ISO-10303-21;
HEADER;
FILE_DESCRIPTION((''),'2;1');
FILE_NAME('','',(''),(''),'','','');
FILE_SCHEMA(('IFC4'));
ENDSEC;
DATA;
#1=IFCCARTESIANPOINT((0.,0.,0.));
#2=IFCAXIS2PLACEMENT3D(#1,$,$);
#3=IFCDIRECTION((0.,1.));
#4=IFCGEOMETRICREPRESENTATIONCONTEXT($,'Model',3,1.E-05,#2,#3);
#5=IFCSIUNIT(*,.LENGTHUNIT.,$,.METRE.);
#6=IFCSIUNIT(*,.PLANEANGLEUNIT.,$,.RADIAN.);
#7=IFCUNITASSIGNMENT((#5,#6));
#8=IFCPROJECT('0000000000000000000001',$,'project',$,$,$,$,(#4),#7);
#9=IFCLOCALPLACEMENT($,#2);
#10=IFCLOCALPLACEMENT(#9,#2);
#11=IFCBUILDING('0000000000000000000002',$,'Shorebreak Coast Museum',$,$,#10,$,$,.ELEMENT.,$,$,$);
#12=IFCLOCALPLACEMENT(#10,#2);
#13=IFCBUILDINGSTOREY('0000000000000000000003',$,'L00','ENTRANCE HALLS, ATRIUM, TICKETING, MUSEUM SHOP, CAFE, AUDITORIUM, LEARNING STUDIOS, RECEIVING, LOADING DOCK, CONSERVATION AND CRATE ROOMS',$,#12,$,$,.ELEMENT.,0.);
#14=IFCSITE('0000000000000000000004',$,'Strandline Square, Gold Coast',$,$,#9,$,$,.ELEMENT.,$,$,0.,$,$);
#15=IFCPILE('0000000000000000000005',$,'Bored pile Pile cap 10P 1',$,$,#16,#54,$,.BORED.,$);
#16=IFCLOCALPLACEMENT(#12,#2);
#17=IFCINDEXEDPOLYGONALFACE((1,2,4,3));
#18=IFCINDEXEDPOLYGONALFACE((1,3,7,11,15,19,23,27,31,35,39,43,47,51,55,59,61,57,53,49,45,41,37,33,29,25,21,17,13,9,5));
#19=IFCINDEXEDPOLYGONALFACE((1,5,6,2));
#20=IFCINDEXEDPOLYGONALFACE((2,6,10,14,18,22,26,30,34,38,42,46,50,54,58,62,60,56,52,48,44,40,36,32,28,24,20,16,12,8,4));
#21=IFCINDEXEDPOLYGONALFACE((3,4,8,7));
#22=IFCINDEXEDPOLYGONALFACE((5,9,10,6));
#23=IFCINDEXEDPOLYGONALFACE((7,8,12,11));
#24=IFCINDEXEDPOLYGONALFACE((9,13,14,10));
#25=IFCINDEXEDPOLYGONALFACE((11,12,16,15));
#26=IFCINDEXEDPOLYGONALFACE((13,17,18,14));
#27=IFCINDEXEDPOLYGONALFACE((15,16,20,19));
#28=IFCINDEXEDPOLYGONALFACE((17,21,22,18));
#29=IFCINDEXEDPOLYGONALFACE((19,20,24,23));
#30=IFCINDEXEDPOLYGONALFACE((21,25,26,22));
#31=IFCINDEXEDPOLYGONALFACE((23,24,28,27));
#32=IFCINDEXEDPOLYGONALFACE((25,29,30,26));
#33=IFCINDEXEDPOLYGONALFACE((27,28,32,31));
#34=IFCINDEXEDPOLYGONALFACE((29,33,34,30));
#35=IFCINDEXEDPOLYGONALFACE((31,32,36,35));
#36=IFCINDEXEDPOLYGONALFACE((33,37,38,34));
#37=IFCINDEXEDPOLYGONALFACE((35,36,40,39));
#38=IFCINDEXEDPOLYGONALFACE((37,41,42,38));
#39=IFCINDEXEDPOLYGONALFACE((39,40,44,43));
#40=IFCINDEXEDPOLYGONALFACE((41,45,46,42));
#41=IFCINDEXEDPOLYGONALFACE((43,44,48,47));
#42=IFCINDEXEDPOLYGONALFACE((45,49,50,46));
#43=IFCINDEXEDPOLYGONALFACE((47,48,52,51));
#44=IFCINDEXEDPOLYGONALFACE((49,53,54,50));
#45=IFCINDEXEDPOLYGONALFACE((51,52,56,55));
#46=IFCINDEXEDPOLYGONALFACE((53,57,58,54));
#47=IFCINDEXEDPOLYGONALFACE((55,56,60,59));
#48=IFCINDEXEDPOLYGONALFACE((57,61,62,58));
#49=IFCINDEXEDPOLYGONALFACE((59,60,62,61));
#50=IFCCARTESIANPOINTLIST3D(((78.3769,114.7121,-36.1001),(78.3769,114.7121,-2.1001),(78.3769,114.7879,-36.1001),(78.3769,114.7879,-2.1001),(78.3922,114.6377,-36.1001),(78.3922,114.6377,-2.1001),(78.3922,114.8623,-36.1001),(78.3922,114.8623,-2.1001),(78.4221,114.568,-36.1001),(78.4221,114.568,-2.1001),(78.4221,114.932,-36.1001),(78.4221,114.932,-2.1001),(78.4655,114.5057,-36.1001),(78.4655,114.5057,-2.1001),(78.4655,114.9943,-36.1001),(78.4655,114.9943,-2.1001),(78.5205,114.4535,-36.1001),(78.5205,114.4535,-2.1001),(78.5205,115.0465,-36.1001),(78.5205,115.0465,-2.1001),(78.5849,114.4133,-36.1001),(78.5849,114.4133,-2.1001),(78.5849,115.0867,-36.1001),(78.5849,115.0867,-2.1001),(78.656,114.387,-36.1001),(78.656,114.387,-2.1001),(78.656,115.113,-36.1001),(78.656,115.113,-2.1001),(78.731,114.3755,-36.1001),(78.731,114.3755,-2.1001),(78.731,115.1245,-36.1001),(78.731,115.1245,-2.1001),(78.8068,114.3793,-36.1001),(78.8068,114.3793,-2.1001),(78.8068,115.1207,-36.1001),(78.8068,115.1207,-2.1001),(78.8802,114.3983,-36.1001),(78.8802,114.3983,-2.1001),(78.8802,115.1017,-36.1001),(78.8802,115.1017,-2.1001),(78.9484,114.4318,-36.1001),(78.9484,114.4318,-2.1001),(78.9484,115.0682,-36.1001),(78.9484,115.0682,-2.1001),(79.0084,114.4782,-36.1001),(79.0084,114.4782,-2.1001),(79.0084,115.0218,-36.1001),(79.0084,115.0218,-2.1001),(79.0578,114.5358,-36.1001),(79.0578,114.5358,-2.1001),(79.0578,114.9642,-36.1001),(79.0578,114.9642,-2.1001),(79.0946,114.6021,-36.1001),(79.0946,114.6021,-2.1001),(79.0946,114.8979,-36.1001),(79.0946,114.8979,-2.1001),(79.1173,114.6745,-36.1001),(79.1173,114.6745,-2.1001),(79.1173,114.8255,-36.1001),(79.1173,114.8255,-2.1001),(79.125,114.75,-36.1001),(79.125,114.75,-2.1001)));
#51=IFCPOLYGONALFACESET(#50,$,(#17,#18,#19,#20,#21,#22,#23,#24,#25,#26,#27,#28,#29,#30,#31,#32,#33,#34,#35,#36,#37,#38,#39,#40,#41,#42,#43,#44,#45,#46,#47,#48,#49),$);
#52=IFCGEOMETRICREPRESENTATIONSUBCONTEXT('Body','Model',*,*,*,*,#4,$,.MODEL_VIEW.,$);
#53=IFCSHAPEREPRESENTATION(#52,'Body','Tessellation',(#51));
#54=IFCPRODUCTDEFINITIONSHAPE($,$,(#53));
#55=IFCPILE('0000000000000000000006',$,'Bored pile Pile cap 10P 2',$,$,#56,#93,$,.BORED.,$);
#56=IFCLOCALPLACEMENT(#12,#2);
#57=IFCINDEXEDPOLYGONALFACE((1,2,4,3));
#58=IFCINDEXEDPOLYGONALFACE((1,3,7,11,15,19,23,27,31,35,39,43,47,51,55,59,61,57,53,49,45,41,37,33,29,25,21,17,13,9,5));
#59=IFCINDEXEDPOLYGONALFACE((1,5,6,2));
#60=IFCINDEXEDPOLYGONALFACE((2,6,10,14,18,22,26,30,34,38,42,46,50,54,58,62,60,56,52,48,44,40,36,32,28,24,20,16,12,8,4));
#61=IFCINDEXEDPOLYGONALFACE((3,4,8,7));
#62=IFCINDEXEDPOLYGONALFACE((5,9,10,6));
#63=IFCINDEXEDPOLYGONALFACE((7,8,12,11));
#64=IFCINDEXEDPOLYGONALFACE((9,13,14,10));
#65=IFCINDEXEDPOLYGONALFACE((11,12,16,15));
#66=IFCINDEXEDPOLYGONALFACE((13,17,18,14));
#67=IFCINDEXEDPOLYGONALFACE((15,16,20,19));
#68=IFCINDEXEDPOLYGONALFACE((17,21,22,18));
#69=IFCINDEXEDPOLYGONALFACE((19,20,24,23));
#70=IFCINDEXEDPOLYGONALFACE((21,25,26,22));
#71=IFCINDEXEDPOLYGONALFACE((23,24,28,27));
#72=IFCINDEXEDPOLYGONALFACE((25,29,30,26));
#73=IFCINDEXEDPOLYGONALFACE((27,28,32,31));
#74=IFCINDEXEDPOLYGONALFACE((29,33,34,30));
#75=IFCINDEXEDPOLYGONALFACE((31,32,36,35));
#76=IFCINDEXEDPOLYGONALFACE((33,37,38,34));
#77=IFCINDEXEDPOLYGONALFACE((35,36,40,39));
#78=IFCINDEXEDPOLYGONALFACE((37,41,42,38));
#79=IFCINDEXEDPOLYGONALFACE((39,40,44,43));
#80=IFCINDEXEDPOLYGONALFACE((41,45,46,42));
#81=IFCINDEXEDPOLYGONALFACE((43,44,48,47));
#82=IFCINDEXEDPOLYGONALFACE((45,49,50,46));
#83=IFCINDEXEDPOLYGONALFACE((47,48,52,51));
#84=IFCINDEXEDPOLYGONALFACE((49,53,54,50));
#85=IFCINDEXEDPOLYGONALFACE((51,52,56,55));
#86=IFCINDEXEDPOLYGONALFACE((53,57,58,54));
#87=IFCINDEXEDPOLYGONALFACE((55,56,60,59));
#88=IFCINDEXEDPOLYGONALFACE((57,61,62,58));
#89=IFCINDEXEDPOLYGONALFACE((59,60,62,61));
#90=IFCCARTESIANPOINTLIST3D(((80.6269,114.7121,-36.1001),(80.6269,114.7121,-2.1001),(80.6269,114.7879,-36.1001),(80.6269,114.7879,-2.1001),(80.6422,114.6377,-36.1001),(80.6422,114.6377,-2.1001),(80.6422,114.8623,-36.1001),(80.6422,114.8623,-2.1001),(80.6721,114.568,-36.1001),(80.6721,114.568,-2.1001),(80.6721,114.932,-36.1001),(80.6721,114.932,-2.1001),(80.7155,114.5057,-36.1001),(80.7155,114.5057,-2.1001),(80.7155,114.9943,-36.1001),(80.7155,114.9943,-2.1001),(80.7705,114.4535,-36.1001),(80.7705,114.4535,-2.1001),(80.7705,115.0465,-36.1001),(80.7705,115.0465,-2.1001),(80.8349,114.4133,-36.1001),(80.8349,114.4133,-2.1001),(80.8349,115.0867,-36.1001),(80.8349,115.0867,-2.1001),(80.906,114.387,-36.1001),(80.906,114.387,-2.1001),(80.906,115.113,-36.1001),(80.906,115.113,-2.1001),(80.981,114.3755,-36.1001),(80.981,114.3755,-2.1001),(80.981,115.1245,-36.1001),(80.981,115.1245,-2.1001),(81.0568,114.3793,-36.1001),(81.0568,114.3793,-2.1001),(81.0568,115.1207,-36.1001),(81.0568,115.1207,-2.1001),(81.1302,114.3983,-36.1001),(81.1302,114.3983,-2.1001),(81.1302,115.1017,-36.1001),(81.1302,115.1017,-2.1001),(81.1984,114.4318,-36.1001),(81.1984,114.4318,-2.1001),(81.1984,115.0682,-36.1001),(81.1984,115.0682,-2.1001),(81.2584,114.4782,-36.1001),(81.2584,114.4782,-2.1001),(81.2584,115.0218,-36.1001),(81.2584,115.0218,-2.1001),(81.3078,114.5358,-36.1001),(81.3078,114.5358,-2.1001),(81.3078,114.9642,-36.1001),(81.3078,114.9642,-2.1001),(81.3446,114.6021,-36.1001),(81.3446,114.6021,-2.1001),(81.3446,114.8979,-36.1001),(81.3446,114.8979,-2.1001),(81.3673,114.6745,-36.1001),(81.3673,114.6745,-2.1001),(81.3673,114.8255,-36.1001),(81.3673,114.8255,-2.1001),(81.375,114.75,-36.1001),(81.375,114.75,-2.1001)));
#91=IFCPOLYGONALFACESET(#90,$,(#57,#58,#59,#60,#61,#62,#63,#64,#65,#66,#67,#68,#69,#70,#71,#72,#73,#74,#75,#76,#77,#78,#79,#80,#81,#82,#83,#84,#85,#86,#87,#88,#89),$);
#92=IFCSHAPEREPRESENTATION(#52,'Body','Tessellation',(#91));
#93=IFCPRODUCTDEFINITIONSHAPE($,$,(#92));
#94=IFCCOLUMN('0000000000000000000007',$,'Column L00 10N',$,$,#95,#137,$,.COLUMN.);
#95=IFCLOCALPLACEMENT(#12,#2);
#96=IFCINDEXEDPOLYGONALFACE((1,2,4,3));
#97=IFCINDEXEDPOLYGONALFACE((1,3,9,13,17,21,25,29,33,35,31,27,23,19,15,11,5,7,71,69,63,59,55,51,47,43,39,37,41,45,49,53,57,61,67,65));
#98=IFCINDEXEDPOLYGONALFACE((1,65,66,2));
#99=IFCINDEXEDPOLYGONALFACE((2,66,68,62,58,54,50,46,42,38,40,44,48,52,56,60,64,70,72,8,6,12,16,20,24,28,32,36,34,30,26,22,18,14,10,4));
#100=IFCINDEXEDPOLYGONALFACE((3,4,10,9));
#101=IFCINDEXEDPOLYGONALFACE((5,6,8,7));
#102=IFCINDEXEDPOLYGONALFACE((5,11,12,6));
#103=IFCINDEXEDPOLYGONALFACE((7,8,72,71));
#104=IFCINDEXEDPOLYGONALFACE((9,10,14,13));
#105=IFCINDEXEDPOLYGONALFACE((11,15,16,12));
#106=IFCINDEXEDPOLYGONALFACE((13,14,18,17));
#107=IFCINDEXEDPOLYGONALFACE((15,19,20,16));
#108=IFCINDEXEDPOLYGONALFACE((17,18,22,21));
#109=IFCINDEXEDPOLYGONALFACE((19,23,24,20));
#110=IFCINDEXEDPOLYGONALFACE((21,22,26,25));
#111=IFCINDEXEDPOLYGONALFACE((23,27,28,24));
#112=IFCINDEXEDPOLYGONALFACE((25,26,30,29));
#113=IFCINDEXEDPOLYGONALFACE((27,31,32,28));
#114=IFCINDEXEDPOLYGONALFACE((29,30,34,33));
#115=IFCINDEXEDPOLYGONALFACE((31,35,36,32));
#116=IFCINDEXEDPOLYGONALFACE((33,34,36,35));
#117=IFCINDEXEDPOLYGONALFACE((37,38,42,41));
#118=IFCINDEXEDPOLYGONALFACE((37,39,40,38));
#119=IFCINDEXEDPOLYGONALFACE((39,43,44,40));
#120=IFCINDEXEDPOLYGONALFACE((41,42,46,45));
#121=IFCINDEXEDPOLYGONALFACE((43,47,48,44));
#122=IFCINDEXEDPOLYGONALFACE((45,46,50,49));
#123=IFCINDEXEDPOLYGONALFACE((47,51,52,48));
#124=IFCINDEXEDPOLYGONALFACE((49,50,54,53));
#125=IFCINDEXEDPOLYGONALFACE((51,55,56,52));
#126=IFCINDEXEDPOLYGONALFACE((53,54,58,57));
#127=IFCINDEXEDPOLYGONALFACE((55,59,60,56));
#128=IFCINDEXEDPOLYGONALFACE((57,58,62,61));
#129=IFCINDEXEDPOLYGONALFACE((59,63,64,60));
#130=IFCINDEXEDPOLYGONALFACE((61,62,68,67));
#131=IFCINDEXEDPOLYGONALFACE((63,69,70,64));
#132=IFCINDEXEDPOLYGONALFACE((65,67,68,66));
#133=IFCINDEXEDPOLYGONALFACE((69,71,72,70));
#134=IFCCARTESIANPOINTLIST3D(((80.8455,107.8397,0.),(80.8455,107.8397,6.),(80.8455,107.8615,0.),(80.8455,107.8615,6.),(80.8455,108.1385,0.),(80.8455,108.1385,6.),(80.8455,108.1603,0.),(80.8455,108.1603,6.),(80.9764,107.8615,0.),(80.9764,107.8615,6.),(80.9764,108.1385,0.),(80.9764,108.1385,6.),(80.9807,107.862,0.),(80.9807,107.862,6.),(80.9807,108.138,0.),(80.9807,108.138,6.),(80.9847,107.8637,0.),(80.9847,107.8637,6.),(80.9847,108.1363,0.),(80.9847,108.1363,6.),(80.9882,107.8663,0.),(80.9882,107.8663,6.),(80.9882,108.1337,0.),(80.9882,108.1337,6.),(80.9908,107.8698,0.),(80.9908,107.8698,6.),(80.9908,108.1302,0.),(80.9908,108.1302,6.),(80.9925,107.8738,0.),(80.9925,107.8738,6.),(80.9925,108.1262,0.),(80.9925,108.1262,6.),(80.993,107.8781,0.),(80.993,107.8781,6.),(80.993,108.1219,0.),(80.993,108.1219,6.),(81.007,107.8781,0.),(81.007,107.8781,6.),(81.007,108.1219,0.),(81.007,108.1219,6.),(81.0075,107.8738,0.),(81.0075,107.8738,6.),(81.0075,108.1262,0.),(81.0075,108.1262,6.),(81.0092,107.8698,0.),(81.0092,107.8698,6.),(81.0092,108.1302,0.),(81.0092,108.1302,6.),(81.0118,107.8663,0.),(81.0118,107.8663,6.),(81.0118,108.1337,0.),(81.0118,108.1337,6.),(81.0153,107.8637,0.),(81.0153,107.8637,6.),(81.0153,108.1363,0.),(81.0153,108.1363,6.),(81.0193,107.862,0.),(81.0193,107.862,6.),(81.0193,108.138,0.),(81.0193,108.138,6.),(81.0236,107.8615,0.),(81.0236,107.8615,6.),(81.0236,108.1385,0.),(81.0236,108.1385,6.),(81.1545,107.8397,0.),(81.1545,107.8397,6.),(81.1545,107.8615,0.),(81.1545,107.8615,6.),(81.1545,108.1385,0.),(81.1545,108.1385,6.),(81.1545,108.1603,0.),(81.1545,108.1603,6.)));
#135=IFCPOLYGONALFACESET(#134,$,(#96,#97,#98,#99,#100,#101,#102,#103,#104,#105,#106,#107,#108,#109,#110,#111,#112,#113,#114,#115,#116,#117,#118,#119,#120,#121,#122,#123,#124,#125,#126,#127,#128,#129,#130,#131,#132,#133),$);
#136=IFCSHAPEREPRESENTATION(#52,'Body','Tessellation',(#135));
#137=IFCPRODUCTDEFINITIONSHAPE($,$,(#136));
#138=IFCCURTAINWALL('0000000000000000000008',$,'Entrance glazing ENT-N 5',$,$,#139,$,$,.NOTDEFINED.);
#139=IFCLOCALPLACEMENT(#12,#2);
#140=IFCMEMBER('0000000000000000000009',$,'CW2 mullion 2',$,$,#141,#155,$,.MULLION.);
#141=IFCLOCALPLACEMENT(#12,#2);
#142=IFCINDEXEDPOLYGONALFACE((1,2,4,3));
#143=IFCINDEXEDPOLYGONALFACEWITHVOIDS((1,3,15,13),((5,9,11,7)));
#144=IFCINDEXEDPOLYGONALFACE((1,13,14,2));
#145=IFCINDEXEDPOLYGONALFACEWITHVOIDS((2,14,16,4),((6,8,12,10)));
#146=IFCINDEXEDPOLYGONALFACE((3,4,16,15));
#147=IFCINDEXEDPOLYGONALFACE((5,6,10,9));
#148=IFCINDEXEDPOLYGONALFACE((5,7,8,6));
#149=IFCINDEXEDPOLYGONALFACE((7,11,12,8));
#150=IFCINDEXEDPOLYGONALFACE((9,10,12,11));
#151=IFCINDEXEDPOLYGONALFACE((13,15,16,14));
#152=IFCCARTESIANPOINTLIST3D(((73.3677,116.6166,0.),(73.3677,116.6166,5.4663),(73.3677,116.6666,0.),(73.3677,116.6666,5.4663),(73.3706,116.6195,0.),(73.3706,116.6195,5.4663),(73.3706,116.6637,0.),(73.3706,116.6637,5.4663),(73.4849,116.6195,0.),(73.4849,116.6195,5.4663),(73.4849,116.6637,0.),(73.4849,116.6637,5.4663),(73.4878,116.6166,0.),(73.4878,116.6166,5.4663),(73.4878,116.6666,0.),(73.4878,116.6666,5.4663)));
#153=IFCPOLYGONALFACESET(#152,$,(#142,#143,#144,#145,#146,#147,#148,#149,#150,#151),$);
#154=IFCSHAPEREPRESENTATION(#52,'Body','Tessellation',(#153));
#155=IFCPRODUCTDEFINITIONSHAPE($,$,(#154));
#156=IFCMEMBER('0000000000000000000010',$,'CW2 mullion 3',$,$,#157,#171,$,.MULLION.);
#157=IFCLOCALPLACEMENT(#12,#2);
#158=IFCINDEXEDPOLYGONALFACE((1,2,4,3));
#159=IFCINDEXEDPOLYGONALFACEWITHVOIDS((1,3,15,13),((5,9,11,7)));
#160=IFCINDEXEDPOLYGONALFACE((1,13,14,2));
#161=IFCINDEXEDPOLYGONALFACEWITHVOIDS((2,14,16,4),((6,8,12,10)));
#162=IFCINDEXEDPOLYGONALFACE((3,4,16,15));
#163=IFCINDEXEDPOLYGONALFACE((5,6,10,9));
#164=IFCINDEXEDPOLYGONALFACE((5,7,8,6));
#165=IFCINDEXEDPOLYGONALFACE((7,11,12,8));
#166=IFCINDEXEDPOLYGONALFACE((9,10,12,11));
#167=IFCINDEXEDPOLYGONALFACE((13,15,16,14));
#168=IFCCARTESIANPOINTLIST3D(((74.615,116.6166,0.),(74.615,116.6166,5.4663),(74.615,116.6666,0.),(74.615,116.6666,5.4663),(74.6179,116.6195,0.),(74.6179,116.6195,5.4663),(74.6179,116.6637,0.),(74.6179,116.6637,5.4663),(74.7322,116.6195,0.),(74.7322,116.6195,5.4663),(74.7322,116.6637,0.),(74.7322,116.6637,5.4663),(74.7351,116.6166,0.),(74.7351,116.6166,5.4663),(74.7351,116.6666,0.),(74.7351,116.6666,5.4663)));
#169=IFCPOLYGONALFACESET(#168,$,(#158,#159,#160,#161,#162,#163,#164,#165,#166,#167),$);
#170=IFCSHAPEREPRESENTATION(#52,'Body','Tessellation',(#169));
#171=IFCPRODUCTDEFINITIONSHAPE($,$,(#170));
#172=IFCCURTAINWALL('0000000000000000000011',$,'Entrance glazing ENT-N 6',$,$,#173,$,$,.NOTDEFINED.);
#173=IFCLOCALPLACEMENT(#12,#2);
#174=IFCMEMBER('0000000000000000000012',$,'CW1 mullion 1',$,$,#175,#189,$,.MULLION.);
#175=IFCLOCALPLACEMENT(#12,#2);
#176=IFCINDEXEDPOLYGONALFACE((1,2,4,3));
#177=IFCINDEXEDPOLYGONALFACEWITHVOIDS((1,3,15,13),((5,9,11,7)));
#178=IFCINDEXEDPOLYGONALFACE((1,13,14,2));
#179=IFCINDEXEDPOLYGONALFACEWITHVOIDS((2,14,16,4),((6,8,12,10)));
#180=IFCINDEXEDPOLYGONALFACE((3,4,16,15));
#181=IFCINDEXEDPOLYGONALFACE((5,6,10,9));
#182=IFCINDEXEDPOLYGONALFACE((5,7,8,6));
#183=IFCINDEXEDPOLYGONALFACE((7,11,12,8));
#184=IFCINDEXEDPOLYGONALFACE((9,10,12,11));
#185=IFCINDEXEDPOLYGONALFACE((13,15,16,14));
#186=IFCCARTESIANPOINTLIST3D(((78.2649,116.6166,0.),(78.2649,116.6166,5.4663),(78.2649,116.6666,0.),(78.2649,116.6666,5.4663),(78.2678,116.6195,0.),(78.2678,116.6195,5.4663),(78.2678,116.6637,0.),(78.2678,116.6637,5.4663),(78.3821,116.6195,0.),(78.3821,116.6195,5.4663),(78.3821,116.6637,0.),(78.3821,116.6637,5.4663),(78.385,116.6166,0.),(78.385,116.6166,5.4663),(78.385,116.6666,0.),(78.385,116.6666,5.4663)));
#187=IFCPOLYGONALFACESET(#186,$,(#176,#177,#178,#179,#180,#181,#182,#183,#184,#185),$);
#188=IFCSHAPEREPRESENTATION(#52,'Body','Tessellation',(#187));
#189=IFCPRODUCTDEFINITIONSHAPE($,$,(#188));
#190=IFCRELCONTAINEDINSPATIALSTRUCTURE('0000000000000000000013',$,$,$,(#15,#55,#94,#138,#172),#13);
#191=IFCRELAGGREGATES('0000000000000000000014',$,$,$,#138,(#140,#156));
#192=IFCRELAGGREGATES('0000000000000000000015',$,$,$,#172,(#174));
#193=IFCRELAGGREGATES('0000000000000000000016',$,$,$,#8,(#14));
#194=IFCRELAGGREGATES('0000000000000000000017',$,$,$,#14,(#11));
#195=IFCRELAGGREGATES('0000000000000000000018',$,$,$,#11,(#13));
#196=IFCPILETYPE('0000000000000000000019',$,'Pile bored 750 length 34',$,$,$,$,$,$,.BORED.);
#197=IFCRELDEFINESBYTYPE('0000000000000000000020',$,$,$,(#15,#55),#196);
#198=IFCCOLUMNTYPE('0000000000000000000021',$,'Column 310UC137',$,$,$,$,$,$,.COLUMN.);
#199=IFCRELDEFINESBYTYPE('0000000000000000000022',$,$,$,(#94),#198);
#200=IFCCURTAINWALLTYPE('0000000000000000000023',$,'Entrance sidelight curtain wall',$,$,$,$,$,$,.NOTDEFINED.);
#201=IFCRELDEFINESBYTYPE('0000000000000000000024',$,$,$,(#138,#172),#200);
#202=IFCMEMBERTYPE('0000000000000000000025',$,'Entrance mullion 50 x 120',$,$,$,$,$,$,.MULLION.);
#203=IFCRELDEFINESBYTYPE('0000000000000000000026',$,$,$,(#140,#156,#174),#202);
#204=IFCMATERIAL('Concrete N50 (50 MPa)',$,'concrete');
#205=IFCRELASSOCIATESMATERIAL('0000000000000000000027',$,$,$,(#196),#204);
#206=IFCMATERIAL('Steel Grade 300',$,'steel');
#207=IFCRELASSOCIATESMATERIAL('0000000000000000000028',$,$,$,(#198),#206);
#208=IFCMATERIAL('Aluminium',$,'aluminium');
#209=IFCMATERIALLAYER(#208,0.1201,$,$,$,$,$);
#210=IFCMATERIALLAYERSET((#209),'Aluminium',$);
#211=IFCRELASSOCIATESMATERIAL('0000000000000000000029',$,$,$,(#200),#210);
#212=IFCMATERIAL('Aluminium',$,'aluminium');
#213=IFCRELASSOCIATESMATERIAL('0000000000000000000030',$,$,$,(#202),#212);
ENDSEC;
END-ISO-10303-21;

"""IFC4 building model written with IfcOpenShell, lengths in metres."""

from ifc_helpers import new_model, si_unit, direction, frame, origin, origin_2d, place, context, subcontext, project, spatial, hollow_rectangle, circle, i_section, extrude, material, layer, layer_set, material_profile, profile_set, type_object, element, aggregate, save


model = new_model("IFC4")

# Units and contexts
model_context = context("Model", 3, precision=1e-05, world=origin(), true_north=direction((0.0, 1.0)))
body_context = subcontext(model_context, "Body", "Model", "MODEL_VIEW")
ifc_project = project(units=[si_unit("LENGTHUNIT", "METRE"), si_unit("PLANEANGLEUNIT", "RADIAN")], contexts=[model_context])

# Site, building, storey
site_placement = place(None, origin())
site = spatial("IfcSite", under=ifc_project, at=site_placement, Name="Strandline Square, Gold Coast", CompositionType="ELEMENT", RefElevation=0.0)
building_placement = place(site_placement, origin())
building = spatial("IfcBuilding", under=site, at=building_placement, Name="Shorebreak Coast Museum", CompositionType="ELEMENT")
storey_placement = place(building_placement, origin())
storey = spatial("IfcBuildingStorey", under=building, at=storey_placement, Name="L00", Description="ENTRANCE HALLS, ATRIUM, TICKETING, MUSEUM SHOP, CAFE, AUDITORIUM, LEARNING STUDIOS, RECEIVING, LOADING DOCK, CONSERVATION AND CRATE ROOMS", CompositionType="ELEMENT", Elevation=0.0)

# Piles
ifc_material_1 = material(Name="Concrete N50 (50 MPa)", Category="concrete")
ifc_material_profile_1 = material_profile(ifc_material_1, circle(Radius=0.375, at=origin_2d()), Name="Pile bored 750 length 34")
ifc_profile_set_1 = profile_set([ifc_material_profile_1], Name="Concrete N50 (50 MPa)")
pile_type_1 = type_object("IfcPileType", Name="Pile bored 750 length 34", PredefinedType="BORED", material=ifc_profile_set_1)
for number, where, z_axis, x_axis, name in (
    (1, (78.75, 114.75, -2.1001), (0.0, 0.0, -1.0), (1.0, 0.0, 0.0), "Bored pile Pile cap 10P 1"),
    (2, (81.0, 114.75, -2.1001), (0.0, 0.0, -1.0), (1.0, 0.0, 0.0), "Bored pile Pile cap 10P 2"),
):
    element("IfcPile", number, at=place(storey_placement, frame(where, z_axis=z_axis, x_axis=x_axis)), inside=storey, type_object=pile_type_1, Name=name, PredefinedType="BORED", context=body_context, shape_type="SweptSolid", body=[
        extrude(circle(Radius=0.375, at=origin_2d()), origin(), (0.0, 0.0, 1.0), 34.0),
    ])

# Column
ifc_material_2 = material(Name="Steel Grade 300", Category="steel")
ifc_material_profile_2 = material_profile(ifc_material_2, i_section(OverallWidth=0.3091, OverallDepth=0.3206, WebThickness=0.0139, FlangeThickness=0.0217, FilletRadius=0.0166, at=origin_2d()), Name="310UC137")
ifc_profile_set_2 = profile_set([ifc_material_profile_2], Name="Steel Grade 300")
column_type = type_object("IfcColumnType", Name="Column 310UC137", PredefinedType="COLUMN", material=ifc_profile_set_2)
column_placement = place(storey_placement, frame((81.0, 108.0, 0.0), z_axis=(0.0, 0.0, 1.0), x_axis=(1.0, 0.0, 0.0)))
element("IfcColumn", 3, at=column_placement, inside=storey, type_object=column_type, Name="Column L00 10N", PredefinedType="COLUMN", context=body_context, shape_type="SweptSolid", body=[
    extrude(i_section(OverallWidth=0.3091, OverallDepth=0.3206, WebThickness=0.0139, FlangeThickness=0.0217, FilletRadius=0.0166, at=origin_2d()), origin(), (0.0, 0.0, 1.0), 6.0),
])

# Curtain wall, members
ifc_material_3 = material(Name="Aluminium", Category="aluminium")
ifc_layer_1 = layer(ifc_material_3, 0.1201)
ifc_layer_set_1 = layer_set([ifc_layer_1], Name="Aluminium")
curtain_wall_type = type_object("IfcCurtainWallType", Name="Entrance sidelight curtain wall", PredefinedType="NOTDEFINED", material=ifc_layer_set_1)
curtain_wall_1_placement = place(storey_placement, origin())
curtain_wall_1 = element("IfcCurtainWall", 4, at=curtain_wall_1_placement, inside=storey, type_object=curtain_wall_type, Name="Entrance glazing ENT-N 5", PredefinedType="NOTDEFINED")
ifc_material_4 = material(Name="Aluminium", Category="aluminium")
ifc_material_profile_3 = material_profile(ifc_material_4, hollow_rectangle(XDim=0.05, YDim=0.1201, WallThickness=0.0029, at=origin_2d()), Name="AL 120x50 RHS")
ifc_profile_set_3 = profile_set([ifc_material_profile_3], Name="Aluminium")
member_type_1 = type_object("IfcMemberType", Name="Entrance mullion 50 x 120", PredefinedType="MULLION", material=ifc_profile_set_3)
member_1_placement = place(storey_placement, frame((73.4277, 116.6416, 0.0), z_axis=(0.0, 0.0, 1.0), x_axis=(0.0, 1.0, 0.0)))
member_1 = element("IfcMember", 5, at=member_1_placement, type_object=member_type_1, Name="CW2 mullion 2", PredefinedType="MULLION", context=body_context, shape_type="SweptSolid", body=[
    extrude(hollow_rectangle(XDim=0.05, YDim=0.1201, WallThickness=0.0029, at=origin_2d()), origin(), (0.0, 0.0, 1.0), 5.4663),
])
member_2_placement = place(storey_placement, frame((74.675, 116.6416, 0.0), z_axis=(0.0, 0.0, 1.0), x_axis=(0.0, 1.0, 0.0)))
member_2 = element("IfcMember", 6, at=member_2_placement, type_object=member_type_1, Name="CW2 mullion 3", PredefinedType="MULLION", context=body_context, shape_type="SweptSolid", body=[
    extrude(hollow_rectangle(XDim=0.05, YDim=0.1201, WallThickness=0.0029, at=origin_2d()), origin(), (0.0, 0.0, 1.0), 5.4663),
])

# Curtain wall, member
curtain_wall_2_placement = place(storey_placement, origin())
curtain_wall_2 = element("IfcCurtainWall", 7, at=curtain_wall_2_placement, inside=storey, type_object=curtain_wall_type, Name="Entrance glazing ENT-N 6", PredefinedType="NOTDEFINED")
member_3_placement = place(storey_placement, frame((78.325, 116.6416, 0.0), z_axis=(0.0, 0.0, 1.0), x_axis=(0.0, 1.0, 0.0)))
member_3 = element("IfcMember", 8, at=member_3_placement, type_object=member_type_1, Name="CW1 mullion 1", PredefinedType="MULLION", context=body_context, shape_type="SweptSolid", body=[
    extrude(hollow_rectangle(XDim=0.05, YDim=0.1201, WallThickness=0.0029, at=origin_2d()), origin(), (0.0, 0.0, 1.0), 5.4663),
])

aggregate(curtain_wall_1, [member_1, member_2])
aggregate(curtain_wall_2, [member_3])

save(model, "model.ifc")
